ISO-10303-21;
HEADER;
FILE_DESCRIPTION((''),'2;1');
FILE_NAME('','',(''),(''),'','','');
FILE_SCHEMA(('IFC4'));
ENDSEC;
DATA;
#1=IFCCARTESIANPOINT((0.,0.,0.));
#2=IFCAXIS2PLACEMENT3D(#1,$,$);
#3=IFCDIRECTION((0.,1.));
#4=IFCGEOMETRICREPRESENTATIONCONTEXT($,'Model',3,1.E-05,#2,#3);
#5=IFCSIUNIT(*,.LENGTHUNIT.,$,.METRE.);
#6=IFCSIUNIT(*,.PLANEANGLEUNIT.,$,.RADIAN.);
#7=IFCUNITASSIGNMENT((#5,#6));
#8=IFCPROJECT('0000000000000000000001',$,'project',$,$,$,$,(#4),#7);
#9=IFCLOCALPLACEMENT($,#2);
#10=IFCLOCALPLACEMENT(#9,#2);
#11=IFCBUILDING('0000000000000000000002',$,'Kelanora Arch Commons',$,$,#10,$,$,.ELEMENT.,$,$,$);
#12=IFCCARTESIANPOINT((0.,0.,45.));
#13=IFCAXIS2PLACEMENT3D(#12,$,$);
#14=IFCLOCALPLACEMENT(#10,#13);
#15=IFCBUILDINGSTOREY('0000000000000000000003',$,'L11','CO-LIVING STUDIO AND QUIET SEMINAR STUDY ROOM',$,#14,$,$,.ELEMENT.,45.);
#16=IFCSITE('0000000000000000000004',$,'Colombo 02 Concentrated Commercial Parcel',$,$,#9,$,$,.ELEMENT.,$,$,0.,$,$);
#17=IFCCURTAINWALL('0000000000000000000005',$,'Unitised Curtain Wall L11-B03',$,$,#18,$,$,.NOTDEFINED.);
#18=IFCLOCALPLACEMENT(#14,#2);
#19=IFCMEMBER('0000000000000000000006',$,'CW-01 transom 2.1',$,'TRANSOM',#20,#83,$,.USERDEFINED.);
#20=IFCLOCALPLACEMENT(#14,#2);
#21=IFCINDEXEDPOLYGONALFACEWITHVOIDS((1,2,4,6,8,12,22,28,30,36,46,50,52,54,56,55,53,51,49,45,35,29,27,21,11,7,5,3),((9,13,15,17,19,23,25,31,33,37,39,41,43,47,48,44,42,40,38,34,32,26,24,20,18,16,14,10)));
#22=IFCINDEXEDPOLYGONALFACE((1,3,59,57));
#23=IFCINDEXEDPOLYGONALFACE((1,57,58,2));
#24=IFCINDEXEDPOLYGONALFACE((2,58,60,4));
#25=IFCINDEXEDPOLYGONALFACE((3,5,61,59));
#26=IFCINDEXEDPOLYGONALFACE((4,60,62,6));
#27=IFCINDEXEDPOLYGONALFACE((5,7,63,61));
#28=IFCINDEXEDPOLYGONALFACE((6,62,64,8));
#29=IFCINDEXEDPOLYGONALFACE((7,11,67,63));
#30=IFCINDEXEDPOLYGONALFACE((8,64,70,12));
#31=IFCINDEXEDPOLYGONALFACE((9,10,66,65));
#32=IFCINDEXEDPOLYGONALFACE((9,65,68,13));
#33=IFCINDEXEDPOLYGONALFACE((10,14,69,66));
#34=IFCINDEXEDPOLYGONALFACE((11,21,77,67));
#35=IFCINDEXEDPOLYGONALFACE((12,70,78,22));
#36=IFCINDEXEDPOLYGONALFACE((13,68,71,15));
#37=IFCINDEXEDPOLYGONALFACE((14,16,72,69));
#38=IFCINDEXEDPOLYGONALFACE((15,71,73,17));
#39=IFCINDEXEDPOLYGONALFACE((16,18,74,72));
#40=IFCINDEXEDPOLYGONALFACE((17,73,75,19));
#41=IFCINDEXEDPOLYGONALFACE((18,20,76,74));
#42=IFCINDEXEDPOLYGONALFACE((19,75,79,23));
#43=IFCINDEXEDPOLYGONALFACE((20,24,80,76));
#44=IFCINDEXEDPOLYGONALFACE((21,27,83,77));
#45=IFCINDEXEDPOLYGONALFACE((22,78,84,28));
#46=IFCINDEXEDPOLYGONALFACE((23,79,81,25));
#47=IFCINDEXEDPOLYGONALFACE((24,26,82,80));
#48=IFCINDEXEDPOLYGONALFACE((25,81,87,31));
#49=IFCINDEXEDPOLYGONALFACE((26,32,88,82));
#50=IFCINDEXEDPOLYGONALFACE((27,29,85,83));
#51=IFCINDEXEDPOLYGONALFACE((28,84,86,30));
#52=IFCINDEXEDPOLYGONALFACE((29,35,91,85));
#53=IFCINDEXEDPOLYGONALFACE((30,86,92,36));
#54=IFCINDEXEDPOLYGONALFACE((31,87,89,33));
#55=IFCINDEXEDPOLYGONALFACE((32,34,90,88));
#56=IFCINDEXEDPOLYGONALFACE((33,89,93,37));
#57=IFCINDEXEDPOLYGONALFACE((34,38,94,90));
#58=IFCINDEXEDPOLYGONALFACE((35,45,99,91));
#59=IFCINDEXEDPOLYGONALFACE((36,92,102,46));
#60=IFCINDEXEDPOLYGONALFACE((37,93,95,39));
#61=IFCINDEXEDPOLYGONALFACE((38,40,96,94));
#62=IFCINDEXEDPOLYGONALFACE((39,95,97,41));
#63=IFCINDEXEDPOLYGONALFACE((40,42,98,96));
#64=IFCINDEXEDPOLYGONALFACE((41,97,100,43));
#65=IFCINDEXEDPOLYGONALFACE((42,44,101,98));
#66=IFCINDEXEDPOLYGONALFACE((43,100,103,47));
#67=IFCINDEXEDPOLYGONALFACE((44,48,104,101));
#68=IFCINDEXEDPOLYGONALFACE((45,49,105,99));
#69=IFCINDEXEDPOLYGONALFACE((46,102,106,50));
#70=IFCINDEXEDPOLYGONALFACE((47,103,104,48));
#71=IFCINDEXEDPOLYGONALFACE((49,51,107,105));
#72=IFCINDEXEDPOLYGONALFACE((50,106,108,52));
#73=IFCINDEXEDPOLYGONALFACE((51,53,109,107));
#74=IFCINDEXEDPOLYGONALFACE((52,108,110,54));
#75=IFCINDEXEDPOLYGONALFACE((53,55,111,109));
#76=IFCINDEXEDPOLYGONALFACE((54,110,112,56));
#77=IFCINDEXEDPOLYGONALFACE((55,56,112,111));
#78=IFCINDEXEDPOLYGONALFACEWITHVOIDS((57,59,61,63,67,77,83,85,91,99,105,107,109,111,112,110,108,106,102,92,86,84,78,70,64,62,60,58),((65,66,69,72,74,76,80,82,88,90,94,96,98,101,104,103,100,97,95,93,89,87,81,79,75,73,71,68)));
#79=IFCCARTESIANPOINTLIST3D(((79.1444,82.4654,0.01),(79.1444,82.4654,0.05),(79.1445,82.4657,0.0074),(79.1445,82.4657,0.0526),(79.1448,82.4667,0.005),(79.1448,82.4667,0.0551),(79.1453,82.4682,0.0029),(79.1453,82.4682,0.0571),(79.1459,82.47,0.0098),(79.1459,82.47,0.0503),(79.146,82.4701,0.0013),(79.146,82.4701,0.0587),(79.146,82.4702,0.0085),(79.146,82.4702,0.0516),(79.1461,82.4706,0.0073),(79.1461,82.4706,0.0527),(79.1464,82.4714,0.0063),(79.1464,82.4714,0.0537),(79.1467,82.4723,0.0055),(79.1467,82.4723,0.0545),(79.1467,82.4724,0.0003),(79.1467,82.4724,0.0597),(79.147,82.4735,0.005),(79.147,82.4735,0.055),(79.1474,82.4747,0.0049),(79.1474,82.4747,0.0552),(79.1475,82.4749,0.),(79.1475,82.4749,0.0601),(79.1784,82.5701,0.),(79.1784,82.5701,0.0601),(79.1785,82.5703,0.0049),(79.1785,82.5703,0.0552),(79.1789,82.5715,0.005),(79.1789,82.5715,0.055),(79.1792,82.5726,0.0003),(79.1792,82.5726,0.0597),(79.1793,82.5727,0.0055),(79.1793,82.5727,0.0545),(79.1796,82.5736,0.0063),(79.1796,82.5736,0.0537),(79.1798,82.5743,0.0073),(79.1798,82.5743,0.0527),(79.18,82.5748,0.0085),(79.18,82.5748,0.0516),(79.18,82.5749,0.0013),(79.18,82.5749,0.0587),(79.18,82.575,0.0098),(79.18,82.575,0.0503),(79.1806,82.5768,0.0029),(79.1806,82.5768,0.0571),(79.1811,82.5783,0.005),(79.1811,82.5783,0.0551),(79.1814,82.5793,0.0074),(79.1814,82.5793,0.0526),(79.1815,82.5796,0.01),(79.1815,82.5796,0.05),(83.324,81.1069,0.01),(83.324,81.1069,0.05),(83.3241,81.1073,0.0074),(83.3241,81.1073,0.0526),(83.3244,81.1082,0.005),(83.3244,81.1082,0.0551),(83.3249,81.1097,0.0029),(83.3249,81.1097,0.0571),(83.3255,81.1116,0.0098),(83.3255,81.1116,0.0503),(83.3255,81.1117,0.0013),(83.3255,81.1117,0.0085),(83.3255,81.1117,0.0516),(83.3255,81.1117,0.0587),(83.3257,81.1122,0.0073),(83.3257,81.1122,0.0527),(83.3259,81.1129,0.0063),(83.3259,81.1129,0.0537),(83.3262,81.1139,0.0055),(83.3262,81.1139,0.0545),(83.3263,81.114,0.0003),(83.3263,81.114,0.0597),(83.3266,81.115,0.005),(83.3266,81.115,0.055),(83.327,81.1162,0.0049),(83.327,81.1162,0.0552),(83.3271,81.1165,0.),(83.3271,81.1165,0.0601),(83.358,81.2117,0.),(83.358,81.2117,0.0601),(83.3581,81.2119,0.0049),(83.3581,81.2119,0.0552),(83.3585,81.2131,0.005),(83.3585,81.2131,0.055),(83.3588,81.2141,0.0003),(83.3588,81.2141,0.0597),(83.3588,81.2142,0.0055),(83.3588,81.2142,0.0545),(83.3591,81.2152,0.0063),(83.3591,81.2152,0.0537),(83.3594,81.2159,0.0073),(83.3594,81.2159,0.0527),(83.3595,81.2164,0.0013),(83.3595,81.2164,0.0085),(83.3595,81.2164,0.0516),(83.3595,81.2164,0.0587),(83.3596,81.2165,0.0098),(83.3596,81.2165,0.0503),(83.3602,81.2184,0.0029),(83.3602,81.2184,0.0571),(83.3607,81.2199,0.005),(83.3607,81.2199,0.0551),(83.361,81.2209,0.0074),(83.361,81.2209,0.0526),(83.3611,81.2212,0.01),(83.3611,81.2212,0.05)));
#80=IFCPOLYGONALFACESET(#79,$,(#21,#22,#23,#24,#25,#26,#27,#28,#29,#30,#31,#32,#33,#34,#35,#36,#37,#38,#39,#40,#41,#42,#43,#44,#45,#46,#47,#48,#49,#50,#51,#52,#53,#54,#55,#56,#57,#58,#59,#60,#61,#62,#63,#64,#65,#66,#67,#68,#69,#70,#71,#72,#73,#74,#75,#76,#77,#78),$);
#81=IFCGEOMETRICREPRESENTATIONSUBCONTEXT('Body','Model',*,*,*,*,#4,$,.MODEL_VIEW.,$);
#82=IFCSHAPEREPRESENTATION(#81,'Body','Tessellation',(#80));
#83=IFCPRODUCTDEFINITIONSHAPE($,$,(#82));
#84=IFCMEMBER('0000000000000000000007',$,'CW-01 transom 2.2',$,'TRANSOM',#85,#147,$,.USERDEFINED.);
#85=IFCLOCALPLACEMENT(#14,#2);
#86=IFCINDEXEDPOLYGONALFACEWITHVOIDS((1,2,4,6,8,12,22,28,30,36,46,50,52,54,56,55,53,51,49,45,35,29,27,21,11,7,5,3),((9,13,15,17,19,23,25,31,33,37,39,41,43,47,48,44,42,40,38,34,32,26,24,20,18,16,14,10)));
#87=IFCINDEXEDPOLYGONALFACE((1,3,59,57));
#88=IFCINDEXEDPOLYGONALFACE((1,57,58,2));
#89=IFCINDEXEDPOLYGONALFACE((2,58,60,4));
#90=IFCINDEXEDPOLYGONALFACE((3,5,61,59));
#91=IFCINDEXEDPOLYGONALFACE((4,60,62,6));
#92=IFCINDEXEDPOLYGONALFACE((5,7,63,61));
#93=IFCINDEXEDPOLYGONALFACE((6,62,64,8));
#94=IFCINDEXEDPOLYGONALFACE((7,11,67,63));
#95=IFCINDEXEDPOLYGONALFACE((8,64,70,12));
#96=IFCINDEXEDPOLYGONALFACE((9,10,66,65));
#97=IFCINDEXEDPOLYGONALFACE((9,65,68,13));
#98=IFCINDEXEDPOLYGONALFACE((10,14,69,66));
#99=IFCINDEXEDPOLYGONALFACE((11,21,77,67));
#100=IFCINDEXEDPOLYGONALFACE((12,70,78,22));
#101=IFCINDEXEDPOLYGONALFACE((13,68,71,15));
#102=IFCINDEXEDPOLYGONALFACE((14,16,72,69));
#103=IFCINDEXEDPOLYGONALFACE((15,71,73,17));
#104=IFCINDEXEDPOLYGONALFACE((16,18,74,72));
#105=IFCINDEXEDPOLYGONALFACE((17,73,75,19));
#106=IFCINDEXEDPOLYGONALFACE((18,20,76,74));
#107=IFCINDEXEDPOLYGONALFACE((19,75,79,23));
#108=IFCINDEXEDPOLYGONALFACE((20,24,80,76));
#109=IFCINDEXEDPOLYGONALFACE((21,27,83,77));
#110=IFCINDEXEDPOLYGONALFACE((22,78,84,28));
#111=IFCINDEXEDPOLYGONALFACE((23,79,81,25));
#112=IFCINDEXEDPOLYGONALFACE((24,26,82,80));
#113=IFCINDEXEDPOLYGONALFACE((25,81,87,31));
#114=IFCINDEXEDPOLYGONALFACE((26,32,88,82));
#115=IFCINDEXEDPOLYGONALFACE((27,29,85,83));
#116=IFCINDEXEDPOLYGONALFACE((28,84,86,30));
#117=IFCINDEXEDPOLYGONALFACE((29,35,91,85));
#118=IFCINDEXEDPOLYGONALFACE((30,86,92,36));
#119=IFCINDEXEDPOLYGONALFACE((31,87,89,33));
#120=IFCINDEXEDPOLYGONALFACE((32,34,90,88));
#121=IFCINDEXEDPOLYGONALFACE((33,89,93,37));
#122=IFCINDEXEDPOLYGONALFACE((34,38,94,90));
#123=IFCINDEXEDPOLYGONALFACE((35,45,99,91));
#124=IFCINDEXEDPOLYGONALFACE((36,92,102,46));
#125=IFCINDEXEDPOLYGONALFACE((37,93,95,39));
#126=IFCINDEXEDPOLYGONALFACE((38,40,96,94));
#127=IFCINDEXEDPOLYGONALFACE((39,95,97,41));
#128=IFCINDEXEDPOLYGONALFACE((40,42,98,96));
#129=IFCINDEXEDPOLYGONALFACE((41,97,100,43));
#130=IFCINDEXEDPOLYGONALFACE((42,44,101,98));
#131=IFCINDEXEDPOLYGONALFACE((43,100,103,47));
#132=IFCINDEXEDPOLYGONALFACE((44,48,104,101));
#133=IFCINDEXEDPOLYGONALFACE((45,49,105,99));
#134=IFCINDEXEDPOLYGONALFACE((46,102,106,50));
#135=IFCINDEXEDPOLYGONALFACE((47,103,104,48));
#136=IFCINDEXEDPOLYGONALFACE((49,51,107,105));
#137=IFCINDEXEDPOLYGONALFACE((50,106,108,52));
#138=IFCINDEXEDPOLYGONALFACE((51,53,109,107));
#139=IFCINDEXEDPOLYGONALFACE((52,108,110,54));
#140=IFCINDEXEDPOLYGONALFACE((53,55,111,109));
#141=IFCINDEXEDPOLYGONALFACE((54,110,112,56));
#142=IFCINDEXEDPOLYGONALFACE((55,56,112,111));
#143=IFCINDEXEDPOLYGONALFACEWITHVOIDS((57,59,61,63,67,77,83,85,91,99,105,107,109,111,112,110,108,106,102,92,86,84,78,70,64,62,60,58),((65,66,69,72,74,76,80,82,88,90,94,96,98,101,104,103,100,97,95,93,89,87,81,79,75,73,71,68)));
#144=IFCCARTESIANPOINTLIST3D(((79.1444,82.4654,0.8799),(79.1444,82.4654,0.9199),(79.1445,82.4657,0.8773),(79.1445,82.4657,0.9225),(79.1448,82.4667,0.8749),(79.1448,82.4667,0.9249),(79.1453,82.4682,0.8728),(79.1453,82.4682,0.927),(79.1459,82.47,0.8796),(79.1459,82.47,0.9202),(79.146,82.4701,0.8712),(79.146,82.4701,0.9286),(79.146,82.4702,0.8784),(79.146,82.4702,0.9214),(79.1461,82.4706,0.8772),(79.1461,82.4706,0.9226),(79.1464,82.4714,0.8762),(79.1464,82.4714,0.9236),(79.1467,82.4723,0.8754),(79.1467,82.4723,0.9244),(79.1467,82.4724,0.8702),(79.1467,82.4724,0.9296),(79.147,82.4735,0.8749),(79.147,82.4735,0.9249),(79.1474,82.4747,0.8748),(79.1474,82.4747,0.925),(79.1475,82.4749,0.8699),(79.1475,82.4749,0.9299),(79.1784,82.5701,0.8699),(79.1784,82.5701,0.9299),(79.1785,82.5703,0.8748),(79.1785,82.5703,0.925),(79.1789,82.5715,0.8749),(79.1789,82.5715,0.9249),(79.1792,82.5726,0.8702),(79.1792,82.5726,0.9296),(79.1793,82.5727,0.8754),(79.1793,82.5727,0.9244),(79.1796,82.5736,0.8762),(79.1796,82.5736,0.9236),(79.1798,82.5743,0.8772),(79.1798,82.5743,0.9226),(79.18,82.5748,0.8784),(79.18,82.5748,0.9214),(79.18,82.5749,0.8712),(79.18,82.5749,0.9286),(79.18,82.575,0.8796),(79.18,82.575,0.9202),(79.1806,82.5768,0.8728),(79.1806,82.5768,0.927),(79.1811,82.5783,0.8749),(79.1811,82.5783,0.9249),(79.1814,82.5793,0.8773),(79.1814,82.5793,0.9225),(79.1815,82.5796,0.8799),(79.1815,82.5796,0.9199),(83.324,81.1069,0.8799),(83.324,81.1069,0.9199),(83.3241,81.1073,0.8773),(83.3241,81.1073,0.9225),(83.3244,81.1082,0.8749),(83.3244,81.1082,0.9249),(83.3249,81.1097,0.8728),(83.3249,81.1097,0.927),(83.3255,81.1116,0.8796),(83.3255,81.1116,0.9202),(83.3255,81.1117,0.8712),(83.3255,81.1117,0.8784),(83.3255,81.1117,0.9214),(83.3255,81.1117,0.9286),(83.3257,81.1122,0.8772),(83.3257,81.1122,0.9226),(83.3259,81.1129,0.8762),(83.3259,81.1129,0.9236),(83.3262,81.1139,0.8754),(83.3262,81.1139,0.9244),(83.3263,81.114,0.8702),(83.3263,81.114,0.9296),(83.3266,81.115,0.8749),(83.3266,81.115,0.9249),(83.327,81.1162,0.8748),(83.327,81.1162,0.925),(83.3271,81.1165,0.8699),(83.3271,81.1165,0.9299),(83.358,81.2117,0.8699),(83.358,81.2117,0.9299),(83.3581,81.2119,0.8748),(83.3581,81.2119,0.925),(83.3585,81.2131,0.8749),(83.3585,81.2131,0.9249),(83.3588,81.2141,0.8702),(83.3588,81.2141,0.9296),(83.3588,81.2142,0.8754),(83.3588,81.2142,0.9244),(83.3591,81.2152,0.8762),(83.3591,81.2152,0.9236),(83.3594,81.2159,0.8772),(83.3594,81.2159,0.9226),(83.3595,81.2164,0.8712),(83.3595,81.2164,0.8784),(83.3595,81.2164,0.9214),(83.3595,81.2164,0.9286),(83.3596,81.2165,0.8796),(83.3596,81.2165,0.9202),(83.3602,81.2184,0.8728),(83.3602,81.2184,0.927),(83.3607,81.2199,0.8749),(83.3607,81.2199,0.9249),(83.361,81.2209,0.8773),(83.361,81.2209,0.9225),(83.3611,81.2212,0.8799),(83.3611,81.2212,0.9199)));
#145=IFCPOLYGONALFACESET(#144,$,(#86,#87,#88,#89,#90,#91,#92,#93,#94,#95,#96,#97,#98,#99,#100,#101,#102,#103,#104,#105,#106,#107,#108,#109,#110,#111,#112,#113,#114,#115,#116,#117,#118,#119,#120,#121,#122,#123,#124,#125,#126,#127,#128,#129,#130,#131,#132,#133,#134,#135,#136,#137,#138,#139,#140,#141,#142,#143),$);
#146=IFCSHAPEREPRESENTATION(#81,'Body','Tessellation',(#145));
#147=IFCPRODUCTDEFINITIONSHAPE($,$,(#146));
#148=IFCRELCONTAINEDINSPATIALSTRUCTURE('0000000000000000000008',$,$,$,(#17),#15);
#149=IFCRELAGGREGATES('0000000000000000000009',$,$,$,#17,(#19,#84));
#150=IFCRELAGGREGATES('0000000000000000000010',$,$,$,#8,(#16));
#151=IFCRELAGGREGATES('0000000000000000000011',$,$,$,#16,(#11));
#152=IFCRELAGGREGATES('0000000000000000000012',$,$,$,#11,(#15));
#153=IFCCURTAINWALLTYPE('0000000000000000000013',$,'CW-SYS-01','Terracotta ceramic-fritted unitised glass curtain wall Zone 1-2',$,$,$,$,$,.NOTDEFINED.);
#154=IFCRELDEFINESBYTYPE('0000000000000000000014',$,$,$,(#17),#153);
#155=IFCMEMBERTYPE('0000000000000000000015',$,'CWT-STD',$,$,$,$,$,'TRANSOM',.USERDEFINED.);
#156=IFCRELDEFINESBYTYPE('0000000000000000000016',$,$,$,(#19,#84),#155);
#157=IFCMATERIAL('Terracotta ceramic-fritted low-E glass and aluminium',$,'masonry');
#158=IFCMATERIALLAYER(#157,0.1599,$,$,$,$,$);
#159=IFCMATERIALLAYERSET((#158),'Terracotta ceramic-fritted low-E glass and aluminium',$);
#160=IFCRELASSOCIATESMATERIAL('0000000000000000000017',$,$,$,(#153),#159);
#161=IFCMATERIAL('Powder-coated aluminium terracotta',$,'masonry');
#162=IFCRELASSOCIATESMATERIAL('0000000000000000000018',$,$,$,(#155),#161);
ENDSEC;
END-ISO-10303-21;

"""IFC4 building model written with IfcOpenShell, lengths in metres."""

from ifc_helpers import new_model, si_unit, direction, frame, origin, origin_2d, place, context, subcontext, project, spatial, hollow_rectangle, extrude, material, layer, layer_set, material_profile, profile_set, type_object, element, aggregate, save


model = new_model("IFC4")

# Units and contexts
model_context = context("Model", 3, precision=1e-05, world=origin(), true_north=direction((0.0, 1.0)))
body_context = subcontext(model_context, "Body", "Model", "MODEL_VIEW")
ifc_project = project(units=[si_unit("LENGTHUNIT", "METRE"), si_unit("PLANEANGLEUNIT", "RADIAN")], contexts=[model_context])

# Site, building, storey
site_placement = place(None, origin())
site = spatial("IfcSite", under=ifc_project, at=site_placement, Name="Colombo 02 Concentrated Commercial Parcel", CompositionType="ELEMENT", RefElevation=0.0)
building_placement = place(site_placement, origin())
building = spatial("IfcBuilding", under=site, at=building_placement, Name="Kelanora Arch Commons", CompositionType="ELEMENT")
storey_placement = place(building_placement, frame((0.0, 0.0, 45.0)))
storey = spatial("IfcBuildingStorey", under=building, at=storey_placement, Name="L11", Description="CO-LIVING STUDIO AND QUIET SEMINAR STUDY ROOM", CompositionType="ELEMENT", Elevation=45.0)

# Curtain wall, members
ifc_material_1 = material(Name="Terracotta ceramic-fritted low-E glass and aluminium", Category="masonry")
ifc_layer_1 = layer(ifc_material_1, 0.1599)
ifc_layer_set_1 = layer_set([ifc_layer_1], Name="Terracotta ceramic-fritted low-E glass and aluminium")
curtain_wall_type = type_object("IfcCurtainWallType", Name="CW-SYS-01", Description="Terracotta ceramic-fritted unitised glass curtain wall Zone 1-2", PredefinedType="NOTDEFINED", material=ifc_layer_set_1)
curtain_wall_placement = place(storey_placement, origin())
curtain_wall = element("IfcCurtainWall", 1, at=curtain_wall_placement, inside=storey, type_object=curtain_wall_type, Name="Unitised Curtain Wall L11-B03", PredefinedType="NOTDEFINED")
ifc_material_2 = material(Name="Powder-coated aluminium terracotta", Category="masonry")
ifc_material_profile_1 = material_profile(ifc_material_2, hollow_rectangle(XDim=0.1201, YDim=0.0601, WallThickness=0.0049, InnerFilletRadius=0.0049, OuterFilletRadius=0.01, at=origin_2d()), Name="CWT120x60")
ifc_profile_set_1 = profile_set([ifc_material_profile_1], Name="Powder-coated aluminium terracotta")
member_type_1 = type_object("IfcMemberType", Name="CWT-STD", ElementType="TRANSOM", PredefinedType="USERDEFINED", material=ifc_profile_set_1)
member_1_placement = place(storey_placement, frame((83.3425, 81.1641, 0.03), z_axis=(-0.951029, 0.309102, 0.0), x_axis=(-0.309102, -0.951029, 0.0)))
member_1 = element("IfcMember", 2, at=member_1_placement, type_object=member_type_1, Name="CW-01 transom 2.1", ObjectType="TRANSOM", PredefinedType="USERDEFINED", context=body_context, shape_type="SweptSolid", body=[
    extrude(hollow_rectangle(XDim=0.1201, YDim=0.0601, WallThickness=0.0049, InnerFilletRadius=0.0049, OuterFilletRadius=0.01, at=origin_2d()), origin(), (0.0, 0.0, 1.0), 4.3948),
])
member_2_placement = place(storey_placement, frame((83.3425, 81.1641, 0.8999), z_axis=(-0.951029, 0.309102, 0.0), x_axis=(-0.309102, -0.951029, 0.0)))
member_2 = element("IfcMember", 3, at=member_2_placement, type_object=member_type_1, Name="CW-01 transom 2.2", ObjectType="TRANSOM", PredefinedType="USERDEFINED", context=body_context, shape_type="SweptSolid", body=[
    extrude(hollow_rectangle(XDim=0.1201, YDim=0.0601, WallThickness=0.0049, InnerFilletRadius=0.0049, OuterFilletRadius=0.01, at=origin_2d()), origin(), (0.0, 0.0, 1.0), 4.3948),
])
aggregate(curtain_wall, [member_1, member_2])

save(model, "model.ifc")
